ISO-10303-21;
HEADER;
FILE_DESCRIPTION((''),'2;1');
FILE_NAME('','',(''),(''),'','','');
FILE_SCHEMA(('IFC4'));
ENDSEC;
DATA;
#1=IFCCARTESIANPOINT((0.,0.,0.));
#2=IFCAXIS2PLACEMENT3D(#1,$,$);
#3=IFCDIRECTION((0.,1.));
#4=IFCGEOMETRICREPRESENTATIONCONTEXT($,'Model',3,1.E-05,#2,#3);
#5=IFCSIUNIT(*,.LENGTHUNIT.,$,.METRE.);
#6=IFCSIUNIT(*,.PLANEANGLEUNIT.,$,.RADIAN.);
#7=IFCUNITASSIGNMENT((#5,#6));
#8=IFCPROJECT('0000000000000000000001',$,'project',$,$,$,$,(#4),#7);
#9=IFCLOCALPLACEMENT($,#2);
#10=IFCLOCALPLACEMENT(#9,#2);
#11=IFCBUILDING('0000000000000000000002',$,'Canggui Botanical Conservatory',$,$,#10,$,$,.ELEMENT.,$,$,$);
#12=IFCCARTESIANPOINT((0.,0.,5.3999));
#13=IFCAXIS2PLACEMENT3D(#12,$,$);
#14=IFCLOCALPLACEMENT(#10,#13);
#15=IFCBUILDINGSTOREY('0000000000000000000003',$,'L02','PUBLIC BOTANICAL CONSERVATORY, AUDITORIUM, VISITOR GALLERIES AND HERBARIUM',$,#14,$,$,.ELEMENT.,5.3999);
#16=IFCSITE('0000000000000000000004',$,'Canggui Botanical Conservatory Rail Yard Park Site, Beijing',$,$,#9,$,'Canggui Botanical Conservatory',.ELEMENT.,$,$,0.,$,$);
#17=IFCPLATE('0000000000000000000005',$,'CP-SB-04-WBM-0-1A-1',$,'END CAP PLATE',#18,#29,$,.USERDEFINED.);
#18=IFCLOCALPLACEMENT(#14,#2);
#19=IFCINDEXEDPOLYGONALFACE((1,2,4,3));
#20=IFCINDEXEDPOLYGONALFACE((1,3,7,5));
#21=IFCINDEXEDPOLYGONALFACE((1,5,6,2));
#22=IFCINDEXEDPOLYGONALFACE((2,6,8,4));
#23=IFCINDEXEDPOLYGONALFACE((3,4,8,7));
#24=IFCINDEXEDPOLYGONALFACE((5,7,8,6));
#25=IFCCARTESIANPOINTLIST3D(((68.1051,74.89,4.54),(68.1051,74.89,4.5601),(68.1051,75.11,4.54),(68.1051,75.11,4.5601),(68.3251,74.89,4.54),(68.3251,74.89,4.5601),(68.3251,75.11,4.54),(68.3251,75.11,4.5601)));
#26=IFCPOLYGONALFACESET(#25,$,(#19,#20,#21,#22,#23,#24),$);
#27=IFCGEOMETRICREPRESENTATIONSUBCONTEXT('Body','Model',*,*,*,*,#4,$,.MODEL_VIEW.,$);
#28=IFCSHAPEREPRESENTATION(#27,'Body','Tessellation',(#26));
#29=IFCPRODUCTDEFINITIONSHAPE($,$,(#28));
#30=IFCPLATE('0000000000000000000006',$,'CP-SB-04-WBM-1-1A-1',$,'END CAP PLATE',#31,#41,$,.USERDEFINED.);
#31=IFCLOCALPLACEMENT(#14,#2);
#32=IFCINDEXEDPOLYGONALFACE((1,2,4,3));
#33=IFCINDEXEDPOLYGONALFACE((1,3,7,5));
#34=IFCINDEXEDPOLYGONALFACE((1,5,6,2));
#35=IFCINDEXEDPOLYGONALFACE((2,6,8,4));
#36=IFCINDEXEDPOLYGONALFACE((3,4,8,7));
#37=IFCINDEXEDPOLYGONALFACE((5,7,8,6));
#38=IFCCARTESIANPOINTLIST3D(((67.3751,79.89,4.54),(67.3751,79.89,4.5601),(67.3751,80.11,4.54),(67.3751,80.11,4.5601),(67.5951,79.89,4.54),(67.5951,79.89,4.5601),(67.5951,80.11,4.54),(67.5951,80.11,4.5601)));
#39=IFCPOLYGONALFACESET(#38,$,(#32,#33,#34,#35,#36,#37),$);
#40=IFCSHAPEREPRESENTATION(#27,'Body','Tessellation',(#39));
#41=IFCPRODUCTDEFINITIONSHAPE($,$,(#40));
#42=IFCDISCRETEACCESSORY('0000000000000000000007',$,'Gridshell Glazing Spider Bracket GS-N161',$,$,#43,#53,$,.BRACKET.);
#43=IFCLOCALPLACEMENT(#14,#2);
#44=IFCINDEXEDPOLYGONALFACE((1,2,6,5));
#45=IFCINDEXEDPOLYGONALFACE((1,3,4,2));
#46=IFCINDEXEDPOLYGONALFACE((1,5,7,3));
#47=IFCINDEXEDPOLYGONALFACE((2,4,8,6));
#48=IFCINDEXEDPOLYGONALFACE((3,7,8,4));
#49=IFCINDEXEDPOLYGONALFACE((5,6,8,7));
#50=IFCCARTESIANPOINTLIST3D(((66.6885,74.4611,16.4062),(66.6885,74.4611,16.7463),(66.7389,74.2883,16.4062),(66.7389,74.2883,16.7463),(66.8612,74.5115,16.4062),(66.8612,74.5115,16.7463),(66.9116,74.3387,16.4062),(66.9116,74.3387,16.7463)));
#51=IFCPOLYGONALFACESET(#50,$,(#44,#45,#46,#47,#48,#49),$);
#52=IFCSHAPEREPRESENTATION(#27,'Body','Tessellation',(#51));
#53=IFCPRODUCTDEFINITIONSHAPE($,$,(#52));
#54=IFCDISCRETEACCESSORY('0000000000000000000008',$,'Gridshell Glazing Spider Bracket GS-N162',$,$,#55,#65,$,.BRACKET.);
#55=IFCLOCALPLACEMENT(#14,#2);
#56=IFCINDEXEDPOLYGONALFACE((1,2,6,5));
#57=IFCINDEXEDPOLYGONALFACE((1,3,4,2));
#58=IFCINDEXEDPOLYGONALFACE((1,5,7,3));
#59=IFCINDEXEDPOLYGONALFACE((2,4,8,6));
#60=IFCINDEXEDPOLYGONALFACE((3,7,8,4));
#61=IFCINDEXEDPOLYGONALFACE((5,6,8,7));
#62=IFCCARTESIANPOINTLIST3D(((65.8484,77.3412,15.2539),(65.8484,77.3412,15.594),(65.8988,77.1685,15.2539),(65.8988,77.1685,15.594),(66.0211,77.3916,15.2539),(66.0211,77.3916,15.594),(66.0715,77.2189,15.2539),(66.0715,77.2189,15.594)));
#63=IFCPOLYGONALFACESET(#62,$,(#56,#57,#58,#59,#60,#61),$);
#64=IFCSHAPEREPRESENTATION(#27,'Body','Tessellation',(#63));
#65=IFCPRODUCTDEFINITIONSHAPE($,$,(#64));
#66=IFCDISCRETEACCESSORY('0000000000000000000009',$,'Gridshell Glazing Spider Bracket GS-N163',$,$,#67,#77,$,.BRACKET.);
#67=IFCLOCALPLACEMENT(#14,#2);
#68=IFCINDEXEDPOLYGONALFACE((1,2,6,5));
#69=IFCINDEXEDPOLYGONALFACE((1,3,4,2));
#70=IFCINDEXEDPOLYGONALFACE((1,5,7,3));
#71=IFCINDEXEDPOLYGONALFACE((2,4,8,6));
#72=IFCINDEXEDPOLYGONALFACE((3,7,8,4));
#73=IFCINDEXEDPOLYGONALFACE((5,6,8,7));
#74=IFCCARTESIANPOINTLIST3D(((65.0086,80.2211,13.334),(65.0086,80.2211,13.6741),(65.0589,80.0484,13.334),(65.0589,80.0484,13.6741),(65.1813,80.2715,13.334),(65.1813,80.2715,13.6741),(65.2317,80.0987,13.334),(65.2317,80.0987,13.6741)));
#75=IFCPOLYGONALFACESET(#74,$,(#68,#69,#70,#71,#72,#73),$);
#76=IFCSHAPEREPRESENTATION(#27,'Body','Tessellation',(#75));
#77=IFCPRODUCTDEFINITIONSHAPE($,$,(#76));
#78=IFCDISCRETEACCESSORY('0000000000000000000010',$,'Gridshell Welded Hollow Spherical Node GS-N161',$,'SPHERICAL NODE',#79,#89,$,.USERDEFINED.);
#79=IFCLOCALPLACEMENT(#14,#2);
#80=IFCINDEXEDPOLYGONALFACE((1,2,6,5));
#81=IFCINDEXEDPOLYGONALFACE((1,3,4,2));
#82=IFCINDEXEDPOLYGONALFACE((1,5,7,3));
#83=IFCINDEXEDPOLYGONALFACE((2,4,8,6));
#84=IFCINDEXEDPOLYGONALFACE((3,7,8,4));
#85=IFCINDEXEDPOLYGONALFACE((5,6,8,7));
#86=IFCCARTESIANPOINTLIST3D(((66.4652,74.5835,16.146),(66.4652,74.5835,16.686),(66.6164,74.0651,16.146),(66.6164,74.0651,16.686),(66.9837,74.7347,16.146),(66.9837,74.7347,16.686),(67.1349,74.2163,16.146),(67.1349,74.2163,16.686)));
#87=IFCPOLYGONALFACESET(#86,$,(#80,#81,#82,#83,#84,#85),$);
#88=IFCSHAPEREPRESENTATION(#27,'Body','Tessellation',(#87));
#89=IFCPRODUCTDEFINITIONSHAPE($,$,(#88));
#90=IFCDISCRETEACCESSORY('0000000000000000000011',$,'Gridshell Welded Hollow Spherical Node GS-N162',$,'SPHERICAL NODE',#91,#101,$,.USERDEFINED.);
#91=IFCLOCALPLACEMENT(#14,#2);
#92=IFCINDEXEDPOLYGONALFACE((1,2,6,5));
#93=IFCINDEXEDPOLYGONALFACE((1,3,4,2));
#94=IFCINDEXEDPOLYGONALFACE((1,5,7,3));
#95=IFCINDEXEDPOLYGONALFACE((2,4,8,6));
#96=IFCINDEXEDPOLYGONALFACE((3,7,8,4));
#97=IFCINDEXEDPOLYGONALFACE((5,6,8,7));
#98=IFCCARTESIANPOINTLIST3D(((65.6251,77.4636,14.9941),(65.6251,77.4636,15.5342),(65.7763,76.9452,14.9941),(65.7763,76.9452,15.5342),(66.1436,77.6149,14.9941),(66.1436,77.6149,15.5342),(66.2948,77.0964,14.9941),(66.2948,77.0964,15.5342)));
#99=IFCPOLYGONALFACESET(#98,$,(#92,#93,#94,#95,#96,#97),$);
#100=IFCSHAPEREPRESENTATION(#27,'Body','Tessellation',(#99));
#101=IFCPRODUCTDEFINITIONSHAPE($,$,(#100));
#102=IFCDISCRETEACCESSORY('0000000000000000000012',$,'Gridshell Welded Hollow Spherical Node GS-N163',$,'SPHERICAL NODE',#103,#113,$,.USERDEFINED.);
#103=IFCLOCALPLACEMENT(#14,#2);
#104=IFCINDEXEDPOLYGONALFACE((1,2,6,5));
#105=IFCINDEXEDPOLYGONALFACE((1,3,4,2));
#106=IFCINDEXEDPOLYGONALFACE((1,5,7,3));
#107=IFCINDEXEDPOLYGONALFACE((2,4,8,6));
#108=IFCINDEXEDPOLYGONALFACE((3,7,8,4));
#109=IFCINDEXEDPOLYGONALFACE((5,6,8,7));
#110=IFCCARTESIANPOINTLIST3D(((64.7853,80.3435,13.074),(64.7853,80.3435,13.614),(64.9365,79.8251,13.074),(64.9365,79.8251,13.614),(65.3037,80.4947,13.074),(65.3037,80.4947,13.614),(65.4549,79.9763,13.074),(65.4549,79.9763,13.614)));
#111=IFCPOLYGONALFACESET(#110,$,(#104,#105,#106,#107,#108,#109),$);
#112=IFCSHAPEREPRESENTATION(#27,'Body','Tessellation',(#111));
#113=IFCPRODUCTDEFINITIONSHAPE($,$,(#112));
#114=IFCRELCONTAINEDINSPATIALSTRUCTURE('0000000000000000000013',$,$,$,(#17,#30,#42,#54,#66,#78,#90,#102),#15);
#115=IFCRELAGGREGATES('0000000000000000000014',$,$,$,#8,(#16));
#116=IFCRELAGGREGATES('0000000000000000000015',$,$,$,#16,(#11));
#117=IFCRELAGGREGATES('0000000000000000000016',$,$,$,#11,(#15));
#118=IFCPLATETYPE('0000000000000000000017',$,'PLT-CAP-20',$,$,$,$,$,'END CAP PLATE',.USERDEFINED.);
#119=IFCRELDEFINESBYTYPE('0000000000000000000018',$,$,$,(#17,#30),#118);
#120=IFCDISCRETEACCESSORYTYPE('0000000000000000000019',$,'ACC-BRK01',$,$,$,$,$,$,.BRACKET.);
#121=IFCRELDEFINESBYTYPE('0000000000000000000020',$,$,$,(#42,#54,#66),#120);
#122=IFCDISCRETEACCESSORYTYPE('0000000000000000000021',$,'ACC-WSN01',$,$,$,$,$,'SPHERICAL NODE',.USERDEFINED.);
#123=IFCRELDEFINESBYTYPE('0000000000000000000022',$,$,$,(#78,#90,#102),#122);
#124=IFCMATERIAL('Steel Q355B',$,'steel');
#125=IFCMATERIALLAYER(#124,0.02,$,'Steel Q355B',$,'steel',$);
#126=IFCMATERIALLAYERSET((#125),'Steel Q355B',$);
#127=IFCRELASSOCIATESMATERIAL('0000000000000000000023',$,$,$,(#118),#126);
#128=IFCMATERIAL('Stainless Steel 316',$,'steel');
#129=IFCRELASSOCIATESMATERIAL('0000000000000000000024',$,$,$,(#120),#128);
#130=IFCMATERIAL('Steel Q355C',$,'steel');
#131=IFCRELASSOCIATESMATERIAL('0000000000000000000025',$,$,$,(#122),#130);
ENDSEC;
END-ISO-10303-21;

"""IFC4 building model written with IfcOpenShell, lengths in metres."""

from ifc_helpers import new_model, si_unit, direction, frame, origin, origin_2d, place, context, subcontext, project, spatial, rectangle, extrude, material, layer, layer_set, type_object, element, save


model = new_model("IFC4")

# Units and contexts
model_context = context("Model", 3, precision=1e-05, world=origin(), true_north=direction((0.0, 1.0)))
body_context = subcontext(model_context, "Body", "Model", "MODEL_VIEW")
ifc_project = project(units=[si_unit("LENGTHUNIT", "METRE"), si_unit("PLANEANGLEUNIT", "RADIAN")], contexts=[model_context])

# Site, building, storey
site_placement = place(None, origin())
site = spatial("IfcSite", under=ifc_project, at=site_placement, Name="Canggui Botanical Conservatory Rail Yard Park Site, Beijing", LongName="Canggui Botanical Conservatory", CompositionType="ELEMENT", RefElevation=0.0)
building_placement = place(site_placement, origin())
building = spatial("IfcBuilding", under=site, at=building_placement, Name="Canggui Botanical Conservatory", CompositionType="ELEMENT")
storey_placement = place(building_placement, frame((0.0, 0.0, 5.3999)))
storey = spatial("IfcBuildingStorey", under=building, at=storey_placement, Name="L02", Description="PUBLIC BOTANICAL CONSERVATORY, AUDITORIUM, VISITOR GALLERIES AND HERBARIUM", CompositionType="ELEMENT", Elevation=5.3999)

# Shared definitions
ifc_material_1 = material(Name="Steel Q355C", Category="steel")

# Shared definitions
ifc_material_2 = material(Name="Steel Q355B", Category="steel")

# Plates
ifc_layer_1 = layer(ifc_material_2, 0.02, Name="Steel Q355B", Category="steel")
ifc_layer_set_1 = layer_set([ifc_layer_1], Name="Steel Q355B")
plate_type_1 = type_object("IfcPlateType", Name="PLT-CAP-20", ElementType="END CAP PLATE", PredefinedType="USERDEFINED", material=ifc_layer_set_1)
for number, where, z_axis, x_axis, name in (
    (1, (68.2151, 75.0, 4.54), (0.0, 0.0, 1.0), (1.0, 0.0, 0.0), "CP-SB-04-WBM-0-1A-1"),
    (2, (67.4851, 80.0, 4.54), (0.0, 0.0, 1.0), (1.0, 0.0, 0.0), "CP-SB-04-WBM-1-1A-1"),
):
    element("IfcPlate", number, at=place(storey_placement, frame(where, z_axis=z_axis, x_axis=x_axis)), inside=storey, type_object=plate_type_1, Name=name, ObjectType="END CAP PLATE", PredefinedType="USERDEFINED", context=body_context, shape_type="SweptSolid", body=[
        extrude(rectangle(XDim=0.22, YDim=0.22, at=origin_2d()), origin(), (0.0, 0.0, 1.0), 0.02),
    ])

# Discrete accessories
ifc_material_3 = material(Name="Stainless Steel 316", Category="steel")
discrete_accessory_type_1 = type_object("IfcDiscreteAccessoryType", Name="ACC-BRK01", PredefinedType="BRACKET", material=ifc_material_3)
for number, where, z_axis, x_axis, name in (
    (3, (66.8, 74.3999, 16.4062), (0.0, 0.0, 1.0), (0.96, 0.28, 0.0), "Gridshell Glazing Spider Bracket GS-N161"),
    (4, (65.96, 77.28, 15.2539), (0.0, 0.0, 1.0), (0.96, 0.28, 0.0), "Gridshell Glazing Spider Bracket GS-N162"),
    (5, (65.1201, 80.1599, 13.334), (0.0, 0.0, 1.0), (0.96, 0.28, 0.0), "Gridshell Glazing Spider Bracket GS-N163"),
):
    element("IfcDiscreteAccessory", number, at=place(storey_placement, frame(where, z_axis=z_axis, x_axis=x_axis)), inside=storey, type_object=discrete_accessory_type_1, Name=name, PredefinedType="BRACKET", context=body_context, shape_type="SweptSolid", body=[
        extrude(rectangle(XDim=0.1799, YDim=0.1799, at=origin_2d()), origin(), (0.0, 0.0, 1.0), 0.3401),
    ])
discrete_accessory_type_2 = type_object("IfcDiscreteAccessoryType", Name="ACC-WSN01", ElementType="SPHERICAL NODE", PredefinedType="USERDEFINED", material=ifc_material_1)
for number, where, z_axis, x_axis, name in (
    (6, (66.8, 74.3999, 16.146), (0.0, 0.0, 1.0), (0.96, 0.28, 0.0), "Gridshell Welded Hollow Spherical Node GS-N161"),
    (7, (65.96, 77.28, 14.9941), (0.0, 0.0, 1.0), (0.96, 0.28, 0.0), "Gridshell Welded Hollow Spherical Node GS-N162"),
    (8, (65.1201, 80.1599, 13.074), (0.0, 0.0, 1.0), (0.96, 0.28, 0.0), "Gridshell Welded Hollow Spherical Node GS-N163"),
):
    element("IfcDiscreteAccessory", number, at=place(storey_placement, frame(where, z_axis=z_axis, x_axis=x_axis)), inside=storey, type_object=discrete_accessory_type_2, Name=name, ObjectType="SPHERICAL NODE", PredefinedType="USERDEFINED", context=body_context, shape_type="SweptSolid", body=[
        extrude(rectangle(XDim=0.54, YDim=0.54, at=origin_2d()), origin(), (0.0, 0.0, 1.0), 0.54),
    ])

save(model, "model.ifc")
